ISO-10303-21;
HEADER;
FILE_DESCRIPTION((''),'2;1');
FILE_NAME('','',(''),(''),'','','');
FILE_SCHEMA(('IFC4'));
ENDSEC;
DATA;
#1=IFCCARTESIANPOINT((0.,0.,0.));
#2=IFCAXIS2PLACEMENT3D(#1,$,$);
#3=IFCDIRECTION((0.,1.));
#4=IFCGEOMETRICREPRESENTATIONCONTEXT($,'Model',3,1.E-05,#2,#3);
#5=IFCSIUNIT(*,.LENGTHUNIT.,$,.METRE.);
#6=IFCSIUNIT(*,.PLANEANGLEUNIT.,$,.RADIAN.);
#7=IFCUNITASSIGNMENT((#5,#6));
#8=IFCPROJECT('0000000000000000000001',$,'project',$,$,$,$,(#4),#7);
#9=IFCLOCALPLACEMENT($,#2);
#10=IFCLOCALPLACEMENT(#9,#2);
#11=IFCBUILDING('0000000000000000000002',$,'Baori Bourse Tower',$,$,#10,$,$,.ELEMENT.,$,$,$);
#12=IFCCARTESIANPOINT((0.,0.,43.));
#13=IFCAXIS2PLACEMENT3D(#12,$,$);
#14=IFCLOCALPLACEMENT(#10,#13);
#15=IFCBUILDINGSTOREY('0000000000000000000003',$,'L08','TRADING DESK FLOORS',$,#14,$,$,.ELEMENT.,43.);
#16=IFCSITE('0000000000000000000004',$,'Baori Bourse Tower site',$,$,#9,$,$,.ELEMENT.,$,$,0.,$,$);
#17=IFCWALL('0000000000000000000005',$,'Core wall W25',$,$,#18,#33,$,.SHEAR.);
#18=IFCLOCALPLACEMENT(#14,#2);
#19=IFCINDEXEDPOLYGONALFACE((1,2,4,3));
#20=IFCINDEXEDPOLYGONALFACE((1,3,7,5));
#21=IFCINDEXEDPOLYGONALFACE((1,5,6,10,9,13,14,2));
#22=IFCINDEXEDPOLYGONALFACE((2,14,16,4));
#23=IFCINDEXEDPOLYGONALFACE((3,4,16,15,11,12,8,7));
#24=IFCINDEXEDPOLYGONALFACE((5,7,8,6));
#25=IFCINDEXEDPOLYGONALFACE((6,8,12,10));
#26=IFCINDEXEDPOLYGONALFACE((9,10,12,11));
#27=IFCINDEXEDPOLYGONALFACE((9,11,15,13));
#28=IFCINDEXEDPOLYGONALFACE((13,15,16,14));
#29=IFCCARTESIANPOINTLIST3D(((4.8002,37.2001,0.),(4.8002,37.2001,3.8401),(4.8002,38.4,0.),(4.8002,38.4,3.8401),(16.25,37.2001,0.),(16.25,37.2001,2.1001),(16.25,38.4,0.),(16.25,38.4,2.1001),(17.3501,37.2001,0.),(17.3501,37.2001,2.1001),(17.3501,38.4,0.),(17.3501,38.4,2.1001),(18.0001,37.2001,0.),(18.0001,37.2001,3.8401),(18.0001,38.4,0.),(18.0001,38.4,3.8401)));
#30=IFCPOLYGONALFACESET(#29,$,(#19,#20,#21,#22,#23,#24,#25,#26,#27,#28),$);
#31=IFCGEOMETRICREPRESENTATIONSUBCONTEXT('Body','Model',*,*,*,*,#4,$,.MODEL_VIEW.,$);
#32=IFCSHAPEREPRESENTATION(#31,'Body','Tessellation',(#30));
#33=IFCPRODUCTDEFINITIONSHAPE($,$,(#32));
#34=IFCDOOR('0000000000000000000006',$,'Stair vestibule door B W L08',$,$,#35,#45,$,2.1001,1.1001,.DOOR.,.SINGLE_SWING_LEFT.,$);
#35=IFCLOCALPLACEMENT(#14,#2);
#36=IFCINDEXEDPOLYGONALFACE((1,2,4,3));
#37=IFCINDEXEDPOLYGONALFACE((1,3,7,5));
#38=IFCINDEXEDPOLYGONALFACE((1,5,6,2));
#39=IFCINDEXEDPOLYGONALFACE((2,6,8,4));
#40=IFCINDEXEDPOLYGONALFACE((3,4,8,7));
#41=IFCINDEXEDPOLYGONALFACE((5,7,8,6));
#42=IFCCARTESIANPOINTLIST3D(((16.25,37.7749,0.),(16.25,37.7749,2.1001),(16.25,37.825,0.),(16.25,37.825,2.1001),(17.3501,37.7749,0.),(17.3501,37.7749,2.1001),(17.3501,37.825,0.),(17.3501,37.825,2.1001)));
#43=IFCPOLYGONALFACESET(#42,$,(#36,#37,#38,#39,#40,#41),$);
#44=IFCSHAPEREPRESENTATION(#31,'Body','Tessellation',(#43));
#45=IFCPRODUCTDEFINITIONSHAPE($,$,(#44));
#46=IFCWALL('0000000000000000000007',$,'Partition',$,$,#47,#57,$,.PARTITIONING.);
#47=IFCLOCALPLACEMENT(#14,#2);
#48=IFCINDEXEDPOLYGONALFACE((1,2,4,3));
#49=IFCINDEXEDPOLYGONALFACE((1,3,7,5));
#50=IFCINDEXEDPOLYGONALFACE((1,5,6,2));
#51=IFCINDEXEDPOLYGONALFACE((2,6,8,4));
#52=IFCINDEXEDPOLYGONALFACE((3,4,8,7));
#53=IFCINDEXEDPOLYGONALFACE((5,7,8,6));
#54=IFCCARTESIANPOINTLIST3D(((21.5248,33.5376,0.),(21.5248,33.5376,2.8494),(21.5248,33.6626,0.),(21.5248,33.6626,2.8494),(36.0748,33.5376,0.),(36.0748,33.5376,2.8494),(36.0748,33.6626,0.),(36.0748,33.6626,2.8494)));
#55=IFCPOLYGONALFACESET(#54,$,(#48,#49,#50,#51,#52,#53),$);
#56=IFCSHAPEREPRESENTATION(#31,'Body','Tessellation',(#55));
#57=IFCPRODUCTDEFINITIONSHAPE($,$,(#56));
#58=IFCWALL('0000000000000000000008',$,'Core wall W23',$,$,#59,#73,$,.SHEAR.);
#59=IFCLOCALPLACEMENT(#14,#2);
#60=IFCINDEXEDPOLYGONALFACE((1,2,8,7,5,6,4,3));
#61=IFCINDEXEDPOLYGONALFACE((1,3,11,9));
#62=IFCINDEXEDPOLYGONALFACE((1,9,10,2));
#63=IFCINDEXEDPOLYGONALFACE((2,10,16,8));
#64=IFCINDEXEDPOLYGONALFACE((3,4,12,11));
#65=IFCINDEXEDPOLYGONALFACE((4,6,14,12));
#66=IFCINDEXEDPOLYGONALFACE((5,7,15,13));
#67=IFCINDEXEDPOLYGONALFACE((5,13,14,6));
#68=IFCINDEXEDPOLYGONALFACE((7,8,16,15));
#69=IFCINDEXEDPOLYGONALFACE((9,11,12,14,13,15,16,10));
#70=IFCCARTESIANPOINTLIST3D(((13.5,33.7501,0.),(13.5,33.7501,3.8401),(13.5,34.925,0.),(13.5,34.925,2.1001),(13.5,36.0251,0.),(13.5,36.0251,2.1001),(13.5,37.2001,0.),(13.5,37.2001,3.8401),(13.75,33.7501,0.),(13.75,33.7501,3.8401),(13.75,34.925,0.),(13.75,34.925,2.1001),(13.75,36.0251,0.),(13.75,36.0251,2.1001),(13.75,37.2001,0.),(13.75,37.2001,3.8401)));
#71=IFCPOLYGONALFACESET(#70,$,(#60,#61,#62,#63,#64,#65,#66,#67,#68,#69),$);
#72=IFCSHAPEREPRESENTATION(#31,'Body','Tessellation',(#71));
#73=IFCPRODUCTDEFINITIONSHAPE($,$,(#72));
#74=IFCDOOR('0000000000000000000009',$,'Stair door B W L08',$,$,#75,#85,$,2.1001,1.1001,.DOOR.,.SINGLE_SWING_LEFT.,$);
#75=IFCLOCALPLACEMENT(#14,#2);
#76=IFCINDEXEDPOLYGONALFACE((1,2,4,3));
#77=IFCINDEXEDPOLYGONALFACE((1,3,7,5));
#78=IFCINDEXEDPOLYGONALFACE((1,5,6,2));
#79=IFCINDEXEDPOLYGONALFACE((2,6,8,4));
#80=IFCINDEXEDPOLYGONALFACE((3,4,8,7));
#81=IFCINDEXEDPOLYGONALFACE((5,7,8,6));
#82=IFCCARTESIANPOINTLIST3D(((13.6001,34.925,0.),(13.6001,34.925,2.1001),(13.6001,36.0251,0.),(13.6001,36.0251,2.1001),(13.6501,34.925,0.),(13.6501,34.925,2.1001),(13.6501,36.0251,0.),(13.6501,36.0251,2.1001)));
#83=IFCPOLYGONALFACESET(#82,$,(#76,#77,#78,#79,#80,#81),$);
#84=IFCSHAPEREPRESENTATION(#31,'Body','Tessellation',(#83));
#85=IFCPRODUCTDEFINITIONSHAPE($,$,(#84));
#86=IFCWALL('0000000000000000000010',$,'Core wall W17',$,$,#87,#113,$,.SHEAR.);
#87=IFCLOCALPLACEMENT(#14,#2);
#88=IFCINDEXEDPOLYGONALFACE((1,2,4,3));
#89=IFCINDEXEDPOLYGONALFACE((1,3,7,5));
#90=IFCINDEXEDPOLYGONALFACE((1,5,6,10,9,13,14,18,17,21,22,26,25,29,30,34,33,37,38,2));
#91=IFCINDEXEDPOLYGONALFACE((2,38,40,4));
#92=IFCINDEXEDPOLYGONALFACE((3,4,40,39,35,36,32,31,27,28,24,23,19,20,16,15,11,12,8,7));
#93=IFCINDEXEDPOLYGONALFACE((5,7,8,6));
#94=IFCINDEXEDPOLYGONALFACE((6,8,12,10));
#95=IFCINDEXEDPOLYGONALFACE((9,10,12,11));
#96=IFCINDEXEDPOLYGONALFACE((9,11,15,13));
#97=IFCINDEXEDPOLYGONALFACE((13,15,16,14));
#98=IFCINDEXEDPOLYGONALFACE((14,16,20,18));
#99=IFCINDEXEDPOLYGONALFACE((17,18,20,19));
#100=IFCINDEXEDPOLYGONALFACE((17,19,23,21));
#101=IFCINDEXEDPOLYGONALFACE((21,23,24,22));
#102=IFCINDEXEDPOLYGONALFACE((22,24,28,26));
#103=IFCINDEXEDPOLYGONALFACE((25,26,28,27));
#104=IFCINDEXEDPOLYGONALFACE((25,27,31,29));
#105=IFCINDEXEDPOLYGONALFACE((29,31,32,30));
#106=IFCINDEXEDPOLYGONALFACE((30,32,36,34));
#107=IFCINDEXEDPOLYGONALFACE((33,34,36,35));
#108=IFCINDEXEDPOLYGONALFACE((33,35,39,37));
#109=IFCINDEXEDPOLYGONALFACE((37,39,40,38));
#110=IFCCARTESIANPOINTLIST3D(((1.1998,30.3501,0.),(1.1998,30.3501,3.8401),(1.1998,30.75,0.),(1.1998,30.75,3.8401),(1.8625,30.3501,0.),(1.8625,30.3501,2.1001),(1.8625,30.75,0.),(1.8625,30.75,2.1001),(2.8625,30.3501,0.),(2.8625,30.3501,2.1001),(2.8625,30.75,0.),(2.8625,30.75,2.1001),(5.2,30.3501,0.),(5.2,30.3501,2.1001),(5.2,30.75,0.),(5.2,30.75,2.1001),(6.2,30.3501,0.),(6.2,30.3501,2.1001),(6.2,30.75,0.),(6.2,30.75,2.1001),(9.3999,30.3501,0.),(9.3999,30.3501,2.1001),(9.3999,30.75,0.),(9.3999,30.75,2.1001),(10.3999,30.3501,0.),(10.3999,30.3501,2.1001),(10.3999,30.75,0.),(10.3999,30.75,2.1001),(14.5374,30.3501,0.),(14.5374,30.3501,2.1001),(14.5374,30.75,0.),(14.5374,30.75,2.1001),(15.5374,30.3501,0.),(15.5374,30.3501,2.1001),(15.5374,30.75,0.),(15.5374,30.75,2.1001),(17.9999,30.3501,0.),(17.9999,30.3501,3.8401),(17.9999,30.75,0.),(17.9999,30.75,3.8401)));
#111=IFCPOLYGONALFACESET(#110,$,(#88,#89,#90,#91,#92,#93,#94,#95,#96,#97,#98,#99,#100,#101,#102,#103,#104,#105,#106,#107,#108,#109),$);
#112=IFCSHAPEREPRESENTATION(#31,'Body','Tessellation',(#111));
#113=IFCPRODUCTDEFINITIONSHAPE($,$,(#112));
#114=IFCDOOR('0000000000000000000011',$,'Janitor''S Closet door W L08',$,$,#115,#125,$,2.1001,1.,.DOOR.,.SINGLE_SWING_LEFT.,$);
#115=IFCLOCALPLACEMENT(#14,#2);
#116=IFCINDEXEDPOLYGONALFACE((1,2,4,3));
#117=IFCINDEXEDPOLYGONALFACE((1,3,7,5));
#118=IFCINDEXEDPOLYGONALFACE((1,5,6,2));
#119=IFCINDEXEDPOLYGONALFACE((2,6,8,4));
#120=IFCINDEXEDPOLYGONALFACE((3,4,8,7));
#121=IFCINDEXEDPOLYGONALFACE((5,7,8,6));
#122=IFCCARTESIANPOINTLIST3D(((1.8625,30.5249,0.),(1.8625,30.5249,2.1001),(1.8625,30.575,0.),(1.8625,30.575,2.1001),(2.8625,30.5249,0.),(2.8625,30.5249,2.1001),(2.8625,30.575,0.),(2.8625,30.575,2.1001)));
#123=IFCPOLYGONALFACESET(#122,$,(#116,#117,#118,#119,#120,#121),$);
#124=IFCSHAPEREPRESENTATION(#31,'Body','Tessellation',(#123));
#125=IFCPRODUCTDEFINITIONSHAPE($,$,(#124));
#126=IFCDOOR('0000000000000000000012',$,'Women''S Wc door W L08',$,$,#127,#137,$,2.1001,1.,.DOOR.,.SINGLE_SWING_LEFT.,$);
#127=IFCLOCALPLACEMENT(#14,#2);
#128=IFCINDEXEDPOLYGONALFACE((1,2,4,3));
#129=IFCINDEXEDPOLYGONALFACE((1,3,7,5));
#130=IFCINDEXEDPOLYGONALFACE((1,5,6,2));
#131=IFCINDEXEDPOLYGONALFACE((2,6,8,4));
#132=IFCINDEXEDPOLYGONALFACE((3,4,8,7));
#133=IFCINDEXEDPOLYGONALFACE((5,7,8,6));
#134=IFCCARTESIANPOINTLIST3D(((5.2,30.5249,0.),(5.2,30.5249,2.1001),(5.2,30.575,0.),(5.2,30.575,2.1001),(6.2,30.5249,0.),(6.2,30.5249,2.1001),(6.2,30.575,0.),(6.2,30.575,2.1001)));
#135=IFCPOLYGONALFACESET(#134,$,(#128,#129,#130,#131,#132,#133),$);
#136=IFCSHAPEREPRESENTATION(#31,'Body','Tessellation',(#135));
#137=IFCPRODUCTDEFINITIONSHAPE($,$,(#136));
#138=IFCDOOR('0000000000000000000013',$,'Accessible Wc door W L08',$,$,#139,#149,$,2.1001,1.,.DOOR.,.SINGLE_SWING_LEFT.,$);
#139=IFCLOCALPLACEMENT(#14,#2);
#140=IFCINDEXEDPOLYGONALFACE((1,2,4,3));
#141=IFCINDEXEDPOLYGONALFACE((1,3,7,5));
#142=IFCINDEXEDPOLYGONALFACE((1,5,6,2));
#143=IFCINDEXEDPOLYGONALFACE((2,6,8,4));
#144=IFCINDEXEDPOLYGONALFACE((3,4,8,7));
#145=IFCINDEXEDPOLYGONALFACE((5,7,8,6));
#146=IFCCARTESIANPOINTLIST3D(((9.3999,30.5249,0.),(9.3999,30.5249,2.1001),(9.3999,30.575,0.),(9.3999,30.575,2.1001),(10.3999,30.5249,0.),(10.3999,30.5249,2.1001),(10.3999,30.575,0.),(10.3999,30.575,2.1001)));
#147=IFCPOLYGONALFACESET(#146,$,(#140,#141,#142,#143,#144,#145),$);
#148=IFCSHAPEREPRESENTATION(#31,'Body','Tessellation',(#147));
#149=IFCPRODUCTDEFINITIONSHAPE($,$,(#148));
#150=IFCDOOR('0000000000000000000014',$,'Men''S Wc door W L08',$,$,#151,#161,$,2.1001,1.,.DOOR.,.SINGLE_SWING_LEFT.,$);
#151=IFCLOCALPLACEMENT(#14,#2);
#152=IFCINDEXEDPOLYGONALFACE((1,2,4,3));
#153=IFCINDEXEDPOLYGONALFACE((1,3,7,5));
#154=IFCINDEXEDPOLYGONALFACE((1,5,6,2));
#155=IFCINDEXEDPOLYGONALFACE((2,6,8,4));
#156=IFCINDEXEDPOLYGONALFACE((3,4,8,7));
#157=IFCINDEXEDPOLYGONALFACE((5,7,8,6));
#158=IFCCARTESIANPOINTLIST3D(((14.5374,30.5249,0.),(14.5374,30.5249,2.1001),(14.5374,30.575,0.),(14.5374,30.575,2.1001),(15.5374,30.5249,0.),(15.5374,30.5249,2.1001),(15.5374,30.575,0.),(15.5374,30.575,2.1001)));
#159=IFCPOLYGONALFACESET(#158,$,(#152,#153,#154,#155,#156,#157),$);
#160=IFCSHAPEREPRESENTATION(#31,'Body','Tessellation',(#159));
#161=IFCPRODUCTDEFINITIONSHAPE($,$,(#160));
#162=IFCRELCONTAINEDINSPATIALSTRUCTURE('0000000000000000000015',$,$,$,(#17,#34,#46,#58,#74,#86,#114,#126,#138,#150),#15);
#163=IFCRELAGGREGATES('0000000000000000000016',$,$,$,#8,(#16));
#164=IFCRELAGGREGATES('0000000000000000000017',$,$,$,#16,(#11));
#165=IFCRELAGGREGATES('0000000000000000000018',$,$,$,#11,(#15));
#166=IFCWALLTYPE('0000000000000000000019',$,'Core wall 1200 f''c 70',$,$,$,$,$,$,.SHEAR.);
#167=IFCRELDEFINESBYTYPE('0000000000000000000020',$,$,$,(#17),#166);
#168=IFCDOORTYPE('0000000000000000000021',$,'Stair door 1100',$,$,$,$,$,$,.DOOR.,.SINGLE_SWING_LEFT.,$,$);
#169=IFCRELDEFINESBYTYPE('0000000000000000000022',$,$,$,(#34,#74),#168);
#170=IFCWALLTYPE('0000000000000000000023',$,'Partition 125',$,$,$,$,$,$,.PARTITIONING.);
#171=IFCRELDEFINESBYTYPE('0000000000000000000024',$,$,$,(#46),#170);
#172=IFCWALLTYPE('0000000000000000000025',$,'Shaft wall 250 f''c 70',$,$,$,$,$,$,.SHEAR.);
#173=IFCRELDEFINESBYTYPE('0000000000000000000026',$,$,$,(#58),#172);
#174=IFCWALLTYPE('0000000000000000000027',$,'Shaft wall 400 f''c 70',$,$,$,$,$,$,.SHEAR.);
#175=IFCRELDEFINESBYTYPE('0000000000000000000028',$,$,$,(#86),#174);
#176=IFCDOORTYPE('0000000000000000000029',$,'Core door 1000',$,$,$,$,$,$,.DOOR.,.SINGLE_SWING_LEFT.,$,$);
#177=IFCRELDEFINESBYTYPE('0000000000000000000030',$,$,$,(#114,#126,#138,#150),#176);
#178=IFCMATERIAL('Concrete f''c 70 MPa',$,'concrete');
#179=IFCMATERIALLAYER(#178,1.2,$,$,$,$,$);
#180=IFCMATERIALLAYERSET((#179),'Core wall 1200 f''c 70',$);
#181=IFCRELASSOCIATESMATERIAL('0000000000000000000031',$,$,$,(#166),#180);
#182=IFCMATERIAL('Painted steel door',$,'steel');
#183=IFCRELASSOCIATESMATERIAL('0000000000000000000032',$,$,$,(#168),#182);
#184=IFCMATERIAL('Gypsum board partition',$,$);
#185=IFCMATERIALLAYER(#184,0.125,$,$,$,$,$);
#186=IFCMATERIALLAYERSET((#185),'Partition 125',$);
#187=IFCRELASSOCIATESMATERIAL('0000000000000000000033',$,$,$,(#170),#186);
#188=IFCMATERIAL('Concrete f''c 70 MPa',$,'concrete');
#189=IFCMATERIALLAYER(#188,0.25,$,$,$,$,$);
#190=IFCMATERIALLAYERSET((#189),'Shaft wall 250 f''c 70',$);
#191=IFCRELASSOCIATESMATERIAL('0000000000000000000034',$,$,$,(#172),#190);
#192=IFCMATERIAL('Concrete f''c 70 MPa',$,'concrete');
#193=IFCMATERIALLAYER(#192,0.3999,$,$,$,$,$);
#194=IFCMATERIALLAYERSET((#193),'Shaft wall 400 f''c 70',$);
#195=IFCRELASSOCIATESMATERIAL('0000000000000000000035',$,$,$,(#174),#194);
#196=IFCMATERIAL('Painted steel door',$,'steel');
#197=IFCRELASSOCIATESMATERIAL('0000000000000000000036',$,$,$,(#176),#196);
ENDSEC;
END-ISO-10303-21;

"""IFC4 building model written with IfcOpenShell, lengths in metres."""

from ifc_helpers import new_model, si_unit, direction, frame, frame_2d, origin, place, context, subcontext, project, spatial, rectangle, extrude, material, layer, layer_set, type_object, element, fill, save


model = new_model("IFC4")

# Units and contexts
model_context = context("Model", 3, precision=1e-05, world=origin(), true_north=direction((0.0, 1.0)))
body_context = subcontext(model_context, "Body", "Model", "MODEL_VIEW")
ifc_project = project(units=[si_unit("LENGTHUNIT", "METRE"), si_unit("PLANEANGLEUNIT", "RADIAN")], contexts=[model_context])

# Site, building, storey
site_placement = place(None, origin())
site = spatial("IfcSite", under=ifc_project, at=site_placement, Name="Baori Bourse Tower site", CompositionType="ELEMENT", RefElevation=0.0)
building_placement = place(site_placement, origin())
building = spatial("IfcBuilding", under=site, at=building_placement, Name="Baori Bourse Tower", CompositionType="ELEMENT")
storey_placement = place(building_placement, frame((0.0, 0.0, 43.0)))
storey = spatial("IfcBuildingStorey", under=building, at=storey_placement, Name="L08", Description="TRADING DESK FLOORS", CompositionType="ELEMENT", Elevation=43.0)

# Shared definitions
ifc_material_1 = material(Name="Concrete f'c 70 MPa", Category="concrete")
ifc_layer_1 = layer(ifc_material_1, 1.2)
ifc_layer_set_1 = layer_set([ifc_layer_1], Name="Core wall 1200 f'c 70")
wall_type_1 = type_object("IfcWallType", Name="Core wall 1200 f'c 70", PredefinedType="SHEAR", material=ifc_layer_set_1)

# Wall, opening, door
wall_1_placement = place(storey_placement, frame((4.8, 37.8, 0.0), z_axis=(0.0, 0.0, 1.0), x_axis=(1.0, 0.0, 0.0)))
wall_1 = element("IfcWall", 1, at=wall_1_placement, inside=storey, type_object=wall_type_1, Name="Core wall W25", PredefinedType="SHEAR", context=body_context, shape_type="SweptSolid", body=[
    extrude(rectangle(XDim=13.2, YDim=1.2, at=frame_2d((6.6001, 0.0))), origin(), (0.0, 0.0, 1.0), 3.8401),
])
opening_1_placement = place(wall_1_placement, frame((11.45, 0.0, 0.0)))
opening_1 = element("IfcOpeningElement", 2, at=opening_1_placement, cuts=wall_1, PredefinedType="OPENING", context=body_context, shape_type="SweptSolid", body=[
    extrude(rectangle(XDim=1.1001, YDim=2.1001, at=frame_2d((0.55, 1.05))), frame((0.0, 0.6099, 0.0), z_axis=(0.0, -1.0, 0.0), x_axis=(1.0, 0.0, 0.0)), (0.0, 0.0, 1.0), 1.22),
])
ifc_material_2 = material(Name="Painted steel door", Category="steel")
door_type_1 = type_object("IfcDoorType", Name="Stair door 1100", OperationType="SINGLE_SWING_LEFT", PredefinedType="DOOR", material=ifc_material_2)
door_1_placement = place(opening_1_placement, origin())
door_1 = element("IfcDoor", 3, at=door_1_placement, inside=storey, type_object=door_type_1, Name="Stair vestibule door B W L08", OperationType="SINGLE_SWING_LEFT", OverallHeight=2.1001, OverallWidth=1.1001, PredefinedType="DOOR", context=body_context, shape_type="SweptSolid", body=[
    extrude(rectangle(XDim=1.1001, YDim=2.1001, at=frame_2d((0.55, 1.05))), frame((0.0, 0.0249, 0.0), z_axis=(0.0, -1.0, 0.0), x_axis=(1.0, 0.0, 0.0)), (0.0, 0.0, 1.0), 0.05),
])
fill(opening_1, door_1)

# Wall
ifc_material_3 = material(Name="Gypsum board partition")
ifc_layer_2 = layer(ifc_material_3, 0.125)
ifc_layer_set_2 = layer_set([ifc_layer_2], Name="Partition 125")
wall_type_2 = type_object("IfcWallType", Name="Partition 125", PredefinedType="PARTITIONING", material=ifc_layer_set_2)
wall_2_placement = place(storey_placement, frame((21.5249, 33.6001, 0.0), z_axis=(0.0, 0.0, 1.0), x_axis=(1.0, 0.0, 0.0)))
element("IfcWall", 4, at=wall_2_placement, inside=storey, type_object=wall_type_2, Name="Partition", PredefinedType="PARTITIONING", context=body_context, shape_type="SweptSolid", body=[
    extrude(rectangle(XDim=14.55, YDim=0.125, at=frame_2d((7.2749, 0.0))), origin(), (0.0, 0.0, 1.0), 2.8494),
])

# Wall, opening, door
ifc_material_4 = material(Name="Concrete f'c 70 MPa", Category="concrete")
ifc_layer_3 = layer(ifc_material_4, 0.25)
ifc_layer_set_3 = layer_set([ifc_layer_3], Name="Shaft wall 250 f'c 70")
wall_type_3 = type_object("IfcWallType", Name="Shaft wall 250 f'c 70", PredefinedType="SHEAR", material=ifc_layer_set_3)
wall_3_placement = place(storey_placement, frame((13.625, 33.75, 0.0), z_axis=(0.0, 0.0, 1.0), x_axis=(0.0, 1.0, 0.0)))
wall_3 = element("IfcWall", 5, at=wall_3_placement, inside=storey, type_object=wall_type_3, Name="Core wall W23", PredefinedType="SHEAR", context=body_context, shape_type="SweptSolid", body=[
    extrude(rectangle(XDim=3.45, YDim=0.25, at=frame_2d((1.7251, 0.0))), origin(), (0.0, 0.0, 1.0), 3.8401),
])
opening_2_placement = place(wall_3_placement, frame((1.175, 0.0, 0.0)))
opening_2 = element("IfcOpeningElement", 6, at=opening_2_placement, cuts=wall_3, PredefinedType="OPENING", context=body_context, shape_type="SweptSolid", body=[
    extrude(rectangle(XDim=1.1001, YDim=2.1001, at=frame_2d((0.55, 1.05))), frame((0.0, 0.135, 0.0), z_axis=(0.0, -1.0, 0.0), x_axis=(1.0, 0.0, 0.0)), (0.0, 0.0, 1.0), 0.27),
])
door_2_placement = place(opening_2_placement, origin())
door_2 = element("IfcDoor", 7, at=door_2_placement, inside=storey, type_object=door_type_1, Name="Stair door B W L08", OperationType="SINGLE_SWING_LEFT", OverallHeight=2.1001, OverallWidth=1.1001, PredefinedType="DOOR", context=body_context, shape_type="SweptSolid", body=[
    extrude(rectangle(XDim=1.1001, YDim=2.1001, at=frame_2d((0.55, 1.05))), frame((0.0, 0.0249, 0.0), z_axis=(0.0, -1.0, 0.0), x_axis=(1.0, 0.0, 0.0)), (0.0, 0.0, 1.0), 0.05),
])
fill(opening_2, door_2)

# Wall, openings, doors
ifc_material_5 = material(Name="Concrete f'c 70 MPa", Category="concrete")
ifc_layer_4 = layer(ifc_material_5, 0.3999)
ifc_layer_set_4 = layer_set([ifc_layer_4], Name="Shaft wall 400 f'c 70")
wall_type_4 = type_object("IfcWallType", Name="Shaft wall 400 f'c 70", PredefinedType="SHEAR", material=ifc_layer_set_4)
wall_4_placement = place(storey_placement, frame((1.2, 30.55, 0.0), z_axis=(0.0, 0.0, 1.0), x_axis=(1.0, 0.0, 0.0)))
wall_4 = element("IfcWall", 8, at=wall_4_placement, inside=storey, type_object=wall_type_4, Name="Core wall W17", PredefinedType="SHEAR", context=body_context, shape_type="SweptSolid", body=[
    extrude(rectangle(XDim=16.8, YDim=0.3999, at=frame_2d((8.3999, 0.0))), origin(), (0.0, 0.0, 1.0), 3.8401),
])
opening_3_placement = place(wall_4_placement, frame((0.6626, 0.0, 0.0)))
opening_3 = element("IfcOpeningElement", 9, at=opening_3_placement, cuts=wall_4, PredefinedType="OPENING", context=body_context, shape_type="SweptSolid", body=[
    extrude(rectangle(XDim=1.0, YDim=2.1001, at=frame_2d((0.5, 1.05))), frame((0.0, 0.21, 0.0), z_axis=(0.0, -1.0, 0.0), x_axis=(1.0, 0.0, 0.0)), (0.0, 0.0, 1.0), 0.4199),
])
opening_4_placement = place(wall_4_placement, frame((4.0, 0.0, 0.0)))
opening_4 = element("IfcOpeningElement", 10, at=opening_4_placement, cuts=wall_4, PredefinedType="OPENING", context=body_context, shape_type="SweptSolid", body=[
    extrude(rectangle(XDim=1.0, YDim=2.1001, at=frame_2d((0.5, 1.05))), frame((0.0, 0.21, 0.0), z_axis=(0.0, -1.0, 0.0), x_axis=(1.0, 0.0, 0.0)), (0.0, 0.0, 1.0), 0.4199),
])
opening_5_placement = place(wall_4_placement, frame((8.2, 0.0, 0.0)))
opening_5 = element("IfcOpeningElement", 11, at=opening_5_placement, cuts=wall_4, PredefinedType="OPENING", context=body_context, shape_type="SweptSolid", body=[
    extrude(rectangle(XDim=1.0, YDim=2.1001, at=frame_2d((0.5, 1.05))), frame((0.0, 0.21, 0.0), z_axis=(0.0, -1.0, 0.0), x_axis=(1.0, 0.0, 0.0)), (0.0, 0.0, 1.0), 0.4199),
])
opening_6_placement = place(wall_4_placement, frame((13.3374, 0.0, 0.0)))
opening_6 = element("IfcOpeningElement", 12, at=opening_6_placement, cuts=wall_4, PredefinedType="OPENING", context=body_context, shape_type="SweptSolid", body=[
    extrude(rectangle(XDim=1.0, YDim=2.1001, at=frame_2d((0.5, 1.05))), frame((0.0, 0.21, 0.0), z_axis=(0.0, -1.0, 0.0), x_axis=(1.0, 0.0, 0.0)), (0.0, 0.0, 1.0), 0.4199),
])
ifc_material_6 = material(Name="Painted steel door", Category="steel")
door_type_2 = type_object("IfcDoorType", Name="Core door 1000", OperationType="SINGLE_SWING_LEFT", PredefinedType="DOOR", material=ifc_material_6)
door_3_placement = place(opening_3_placement, origin())
door_3 = element("IfcDoor", 13, at=door_3_placement, inside=storey, type_object=door_type_2, Name="Janitor'S Closet door W L08", OperationType="SINGLE_SWING_LEFT", OverallHeight=2.1001, OverallWidth=1.0, PredefinedType="DOOR", context=body_context, shape_type="SweptSolid", body=[
    extrude(rectangle(XDim=1.0, YDim=2.1001, at=frame_2d((0.5, 1.05))), frame((0.0, 0.0249, 0.0), z_axis=(0.0, -1.0, 0.0), x_axis=(1.0, 0.0, 0.0)), (0.0, 0.0, 1.0), 0.05),
])
fill(opening_3, door_3)
door_4_placement = place(opening_4_placement, origin())
door_4 = element("IfcDoor", 14, at=door_4_placement, inside=storey, type_object=door_type_2, Name="Women'S Wc door W L08", OperationType="SINGLE_SWING_LEFT", OverallHeight=2.1001, OverallWidth=1.0, PredefinedType="DOOR", context=body_context, shape_type="SweptSolid", body=[
    extrude(rectangle(XDim=1.0, YDim=2.1001, at=frame_2d((0.5, 1.05))), frame((0.0, 0.0249, 0.0), z_axis=(0.0, -1.0, 0.0), x_axis=(1.0, 0.0, 0.0)), (0.0, 0.0, 1.0), 0.05),
])
fill(opening_4, door_4)
door_5_placement = place(opening_5_placement, origin())
door_5 = element("IfcDoor", 15, at=door_5_placement, inside=storey, type_object=door_type_2, Name="Accessible Wc door W L08", OperationType="SINGLE_SWING_LEFT", OverallHeight=2.1001, OverallWidth=1.0, PredefinedType="DOOR", context=body_context, shape_type="SweptSolid", body=[
    extrude(rectangle(XDim=1.0, YDim=2.1001, at=frame_2d((0.5, 1.05))), frame((0.0, 0.0249, 0.0), z_axis=(0.0, -1.0, 0.0), x_axis=(1.0, 0.0, 0.0)), (0.0, 0.0, 1.0), 0.05),
])
fill(opening_5, door_5)
door_6_placement = place(opening_6_placement, origin())
door_6 = element("IfcDoor", 16, at=door_6_placement, inside=storey, type_object=door_type_2, Name="Men'S Wc door W L08", OperationType="SINGLE_SWING_LEFT", OverallHeight=2.1001, OverallWidth=1.0, PredefinedType="DOOR", context=body_context, shape_type="SweptSolid", body=[
    extrude(rectangle(XDim=1.0, YDim=2.1001, at=frame_2d((0.5, 1.05))), frame((0.0, 0.0249, 0.0), z_axis=(0.0, -1.0, 0.0), x_axis=(1.0, 0.0, 0.0)), (0.0, 0.0, 1.0), 0.05),
])
fill(opening_6, door_6)

save(model, "model.ifc")
